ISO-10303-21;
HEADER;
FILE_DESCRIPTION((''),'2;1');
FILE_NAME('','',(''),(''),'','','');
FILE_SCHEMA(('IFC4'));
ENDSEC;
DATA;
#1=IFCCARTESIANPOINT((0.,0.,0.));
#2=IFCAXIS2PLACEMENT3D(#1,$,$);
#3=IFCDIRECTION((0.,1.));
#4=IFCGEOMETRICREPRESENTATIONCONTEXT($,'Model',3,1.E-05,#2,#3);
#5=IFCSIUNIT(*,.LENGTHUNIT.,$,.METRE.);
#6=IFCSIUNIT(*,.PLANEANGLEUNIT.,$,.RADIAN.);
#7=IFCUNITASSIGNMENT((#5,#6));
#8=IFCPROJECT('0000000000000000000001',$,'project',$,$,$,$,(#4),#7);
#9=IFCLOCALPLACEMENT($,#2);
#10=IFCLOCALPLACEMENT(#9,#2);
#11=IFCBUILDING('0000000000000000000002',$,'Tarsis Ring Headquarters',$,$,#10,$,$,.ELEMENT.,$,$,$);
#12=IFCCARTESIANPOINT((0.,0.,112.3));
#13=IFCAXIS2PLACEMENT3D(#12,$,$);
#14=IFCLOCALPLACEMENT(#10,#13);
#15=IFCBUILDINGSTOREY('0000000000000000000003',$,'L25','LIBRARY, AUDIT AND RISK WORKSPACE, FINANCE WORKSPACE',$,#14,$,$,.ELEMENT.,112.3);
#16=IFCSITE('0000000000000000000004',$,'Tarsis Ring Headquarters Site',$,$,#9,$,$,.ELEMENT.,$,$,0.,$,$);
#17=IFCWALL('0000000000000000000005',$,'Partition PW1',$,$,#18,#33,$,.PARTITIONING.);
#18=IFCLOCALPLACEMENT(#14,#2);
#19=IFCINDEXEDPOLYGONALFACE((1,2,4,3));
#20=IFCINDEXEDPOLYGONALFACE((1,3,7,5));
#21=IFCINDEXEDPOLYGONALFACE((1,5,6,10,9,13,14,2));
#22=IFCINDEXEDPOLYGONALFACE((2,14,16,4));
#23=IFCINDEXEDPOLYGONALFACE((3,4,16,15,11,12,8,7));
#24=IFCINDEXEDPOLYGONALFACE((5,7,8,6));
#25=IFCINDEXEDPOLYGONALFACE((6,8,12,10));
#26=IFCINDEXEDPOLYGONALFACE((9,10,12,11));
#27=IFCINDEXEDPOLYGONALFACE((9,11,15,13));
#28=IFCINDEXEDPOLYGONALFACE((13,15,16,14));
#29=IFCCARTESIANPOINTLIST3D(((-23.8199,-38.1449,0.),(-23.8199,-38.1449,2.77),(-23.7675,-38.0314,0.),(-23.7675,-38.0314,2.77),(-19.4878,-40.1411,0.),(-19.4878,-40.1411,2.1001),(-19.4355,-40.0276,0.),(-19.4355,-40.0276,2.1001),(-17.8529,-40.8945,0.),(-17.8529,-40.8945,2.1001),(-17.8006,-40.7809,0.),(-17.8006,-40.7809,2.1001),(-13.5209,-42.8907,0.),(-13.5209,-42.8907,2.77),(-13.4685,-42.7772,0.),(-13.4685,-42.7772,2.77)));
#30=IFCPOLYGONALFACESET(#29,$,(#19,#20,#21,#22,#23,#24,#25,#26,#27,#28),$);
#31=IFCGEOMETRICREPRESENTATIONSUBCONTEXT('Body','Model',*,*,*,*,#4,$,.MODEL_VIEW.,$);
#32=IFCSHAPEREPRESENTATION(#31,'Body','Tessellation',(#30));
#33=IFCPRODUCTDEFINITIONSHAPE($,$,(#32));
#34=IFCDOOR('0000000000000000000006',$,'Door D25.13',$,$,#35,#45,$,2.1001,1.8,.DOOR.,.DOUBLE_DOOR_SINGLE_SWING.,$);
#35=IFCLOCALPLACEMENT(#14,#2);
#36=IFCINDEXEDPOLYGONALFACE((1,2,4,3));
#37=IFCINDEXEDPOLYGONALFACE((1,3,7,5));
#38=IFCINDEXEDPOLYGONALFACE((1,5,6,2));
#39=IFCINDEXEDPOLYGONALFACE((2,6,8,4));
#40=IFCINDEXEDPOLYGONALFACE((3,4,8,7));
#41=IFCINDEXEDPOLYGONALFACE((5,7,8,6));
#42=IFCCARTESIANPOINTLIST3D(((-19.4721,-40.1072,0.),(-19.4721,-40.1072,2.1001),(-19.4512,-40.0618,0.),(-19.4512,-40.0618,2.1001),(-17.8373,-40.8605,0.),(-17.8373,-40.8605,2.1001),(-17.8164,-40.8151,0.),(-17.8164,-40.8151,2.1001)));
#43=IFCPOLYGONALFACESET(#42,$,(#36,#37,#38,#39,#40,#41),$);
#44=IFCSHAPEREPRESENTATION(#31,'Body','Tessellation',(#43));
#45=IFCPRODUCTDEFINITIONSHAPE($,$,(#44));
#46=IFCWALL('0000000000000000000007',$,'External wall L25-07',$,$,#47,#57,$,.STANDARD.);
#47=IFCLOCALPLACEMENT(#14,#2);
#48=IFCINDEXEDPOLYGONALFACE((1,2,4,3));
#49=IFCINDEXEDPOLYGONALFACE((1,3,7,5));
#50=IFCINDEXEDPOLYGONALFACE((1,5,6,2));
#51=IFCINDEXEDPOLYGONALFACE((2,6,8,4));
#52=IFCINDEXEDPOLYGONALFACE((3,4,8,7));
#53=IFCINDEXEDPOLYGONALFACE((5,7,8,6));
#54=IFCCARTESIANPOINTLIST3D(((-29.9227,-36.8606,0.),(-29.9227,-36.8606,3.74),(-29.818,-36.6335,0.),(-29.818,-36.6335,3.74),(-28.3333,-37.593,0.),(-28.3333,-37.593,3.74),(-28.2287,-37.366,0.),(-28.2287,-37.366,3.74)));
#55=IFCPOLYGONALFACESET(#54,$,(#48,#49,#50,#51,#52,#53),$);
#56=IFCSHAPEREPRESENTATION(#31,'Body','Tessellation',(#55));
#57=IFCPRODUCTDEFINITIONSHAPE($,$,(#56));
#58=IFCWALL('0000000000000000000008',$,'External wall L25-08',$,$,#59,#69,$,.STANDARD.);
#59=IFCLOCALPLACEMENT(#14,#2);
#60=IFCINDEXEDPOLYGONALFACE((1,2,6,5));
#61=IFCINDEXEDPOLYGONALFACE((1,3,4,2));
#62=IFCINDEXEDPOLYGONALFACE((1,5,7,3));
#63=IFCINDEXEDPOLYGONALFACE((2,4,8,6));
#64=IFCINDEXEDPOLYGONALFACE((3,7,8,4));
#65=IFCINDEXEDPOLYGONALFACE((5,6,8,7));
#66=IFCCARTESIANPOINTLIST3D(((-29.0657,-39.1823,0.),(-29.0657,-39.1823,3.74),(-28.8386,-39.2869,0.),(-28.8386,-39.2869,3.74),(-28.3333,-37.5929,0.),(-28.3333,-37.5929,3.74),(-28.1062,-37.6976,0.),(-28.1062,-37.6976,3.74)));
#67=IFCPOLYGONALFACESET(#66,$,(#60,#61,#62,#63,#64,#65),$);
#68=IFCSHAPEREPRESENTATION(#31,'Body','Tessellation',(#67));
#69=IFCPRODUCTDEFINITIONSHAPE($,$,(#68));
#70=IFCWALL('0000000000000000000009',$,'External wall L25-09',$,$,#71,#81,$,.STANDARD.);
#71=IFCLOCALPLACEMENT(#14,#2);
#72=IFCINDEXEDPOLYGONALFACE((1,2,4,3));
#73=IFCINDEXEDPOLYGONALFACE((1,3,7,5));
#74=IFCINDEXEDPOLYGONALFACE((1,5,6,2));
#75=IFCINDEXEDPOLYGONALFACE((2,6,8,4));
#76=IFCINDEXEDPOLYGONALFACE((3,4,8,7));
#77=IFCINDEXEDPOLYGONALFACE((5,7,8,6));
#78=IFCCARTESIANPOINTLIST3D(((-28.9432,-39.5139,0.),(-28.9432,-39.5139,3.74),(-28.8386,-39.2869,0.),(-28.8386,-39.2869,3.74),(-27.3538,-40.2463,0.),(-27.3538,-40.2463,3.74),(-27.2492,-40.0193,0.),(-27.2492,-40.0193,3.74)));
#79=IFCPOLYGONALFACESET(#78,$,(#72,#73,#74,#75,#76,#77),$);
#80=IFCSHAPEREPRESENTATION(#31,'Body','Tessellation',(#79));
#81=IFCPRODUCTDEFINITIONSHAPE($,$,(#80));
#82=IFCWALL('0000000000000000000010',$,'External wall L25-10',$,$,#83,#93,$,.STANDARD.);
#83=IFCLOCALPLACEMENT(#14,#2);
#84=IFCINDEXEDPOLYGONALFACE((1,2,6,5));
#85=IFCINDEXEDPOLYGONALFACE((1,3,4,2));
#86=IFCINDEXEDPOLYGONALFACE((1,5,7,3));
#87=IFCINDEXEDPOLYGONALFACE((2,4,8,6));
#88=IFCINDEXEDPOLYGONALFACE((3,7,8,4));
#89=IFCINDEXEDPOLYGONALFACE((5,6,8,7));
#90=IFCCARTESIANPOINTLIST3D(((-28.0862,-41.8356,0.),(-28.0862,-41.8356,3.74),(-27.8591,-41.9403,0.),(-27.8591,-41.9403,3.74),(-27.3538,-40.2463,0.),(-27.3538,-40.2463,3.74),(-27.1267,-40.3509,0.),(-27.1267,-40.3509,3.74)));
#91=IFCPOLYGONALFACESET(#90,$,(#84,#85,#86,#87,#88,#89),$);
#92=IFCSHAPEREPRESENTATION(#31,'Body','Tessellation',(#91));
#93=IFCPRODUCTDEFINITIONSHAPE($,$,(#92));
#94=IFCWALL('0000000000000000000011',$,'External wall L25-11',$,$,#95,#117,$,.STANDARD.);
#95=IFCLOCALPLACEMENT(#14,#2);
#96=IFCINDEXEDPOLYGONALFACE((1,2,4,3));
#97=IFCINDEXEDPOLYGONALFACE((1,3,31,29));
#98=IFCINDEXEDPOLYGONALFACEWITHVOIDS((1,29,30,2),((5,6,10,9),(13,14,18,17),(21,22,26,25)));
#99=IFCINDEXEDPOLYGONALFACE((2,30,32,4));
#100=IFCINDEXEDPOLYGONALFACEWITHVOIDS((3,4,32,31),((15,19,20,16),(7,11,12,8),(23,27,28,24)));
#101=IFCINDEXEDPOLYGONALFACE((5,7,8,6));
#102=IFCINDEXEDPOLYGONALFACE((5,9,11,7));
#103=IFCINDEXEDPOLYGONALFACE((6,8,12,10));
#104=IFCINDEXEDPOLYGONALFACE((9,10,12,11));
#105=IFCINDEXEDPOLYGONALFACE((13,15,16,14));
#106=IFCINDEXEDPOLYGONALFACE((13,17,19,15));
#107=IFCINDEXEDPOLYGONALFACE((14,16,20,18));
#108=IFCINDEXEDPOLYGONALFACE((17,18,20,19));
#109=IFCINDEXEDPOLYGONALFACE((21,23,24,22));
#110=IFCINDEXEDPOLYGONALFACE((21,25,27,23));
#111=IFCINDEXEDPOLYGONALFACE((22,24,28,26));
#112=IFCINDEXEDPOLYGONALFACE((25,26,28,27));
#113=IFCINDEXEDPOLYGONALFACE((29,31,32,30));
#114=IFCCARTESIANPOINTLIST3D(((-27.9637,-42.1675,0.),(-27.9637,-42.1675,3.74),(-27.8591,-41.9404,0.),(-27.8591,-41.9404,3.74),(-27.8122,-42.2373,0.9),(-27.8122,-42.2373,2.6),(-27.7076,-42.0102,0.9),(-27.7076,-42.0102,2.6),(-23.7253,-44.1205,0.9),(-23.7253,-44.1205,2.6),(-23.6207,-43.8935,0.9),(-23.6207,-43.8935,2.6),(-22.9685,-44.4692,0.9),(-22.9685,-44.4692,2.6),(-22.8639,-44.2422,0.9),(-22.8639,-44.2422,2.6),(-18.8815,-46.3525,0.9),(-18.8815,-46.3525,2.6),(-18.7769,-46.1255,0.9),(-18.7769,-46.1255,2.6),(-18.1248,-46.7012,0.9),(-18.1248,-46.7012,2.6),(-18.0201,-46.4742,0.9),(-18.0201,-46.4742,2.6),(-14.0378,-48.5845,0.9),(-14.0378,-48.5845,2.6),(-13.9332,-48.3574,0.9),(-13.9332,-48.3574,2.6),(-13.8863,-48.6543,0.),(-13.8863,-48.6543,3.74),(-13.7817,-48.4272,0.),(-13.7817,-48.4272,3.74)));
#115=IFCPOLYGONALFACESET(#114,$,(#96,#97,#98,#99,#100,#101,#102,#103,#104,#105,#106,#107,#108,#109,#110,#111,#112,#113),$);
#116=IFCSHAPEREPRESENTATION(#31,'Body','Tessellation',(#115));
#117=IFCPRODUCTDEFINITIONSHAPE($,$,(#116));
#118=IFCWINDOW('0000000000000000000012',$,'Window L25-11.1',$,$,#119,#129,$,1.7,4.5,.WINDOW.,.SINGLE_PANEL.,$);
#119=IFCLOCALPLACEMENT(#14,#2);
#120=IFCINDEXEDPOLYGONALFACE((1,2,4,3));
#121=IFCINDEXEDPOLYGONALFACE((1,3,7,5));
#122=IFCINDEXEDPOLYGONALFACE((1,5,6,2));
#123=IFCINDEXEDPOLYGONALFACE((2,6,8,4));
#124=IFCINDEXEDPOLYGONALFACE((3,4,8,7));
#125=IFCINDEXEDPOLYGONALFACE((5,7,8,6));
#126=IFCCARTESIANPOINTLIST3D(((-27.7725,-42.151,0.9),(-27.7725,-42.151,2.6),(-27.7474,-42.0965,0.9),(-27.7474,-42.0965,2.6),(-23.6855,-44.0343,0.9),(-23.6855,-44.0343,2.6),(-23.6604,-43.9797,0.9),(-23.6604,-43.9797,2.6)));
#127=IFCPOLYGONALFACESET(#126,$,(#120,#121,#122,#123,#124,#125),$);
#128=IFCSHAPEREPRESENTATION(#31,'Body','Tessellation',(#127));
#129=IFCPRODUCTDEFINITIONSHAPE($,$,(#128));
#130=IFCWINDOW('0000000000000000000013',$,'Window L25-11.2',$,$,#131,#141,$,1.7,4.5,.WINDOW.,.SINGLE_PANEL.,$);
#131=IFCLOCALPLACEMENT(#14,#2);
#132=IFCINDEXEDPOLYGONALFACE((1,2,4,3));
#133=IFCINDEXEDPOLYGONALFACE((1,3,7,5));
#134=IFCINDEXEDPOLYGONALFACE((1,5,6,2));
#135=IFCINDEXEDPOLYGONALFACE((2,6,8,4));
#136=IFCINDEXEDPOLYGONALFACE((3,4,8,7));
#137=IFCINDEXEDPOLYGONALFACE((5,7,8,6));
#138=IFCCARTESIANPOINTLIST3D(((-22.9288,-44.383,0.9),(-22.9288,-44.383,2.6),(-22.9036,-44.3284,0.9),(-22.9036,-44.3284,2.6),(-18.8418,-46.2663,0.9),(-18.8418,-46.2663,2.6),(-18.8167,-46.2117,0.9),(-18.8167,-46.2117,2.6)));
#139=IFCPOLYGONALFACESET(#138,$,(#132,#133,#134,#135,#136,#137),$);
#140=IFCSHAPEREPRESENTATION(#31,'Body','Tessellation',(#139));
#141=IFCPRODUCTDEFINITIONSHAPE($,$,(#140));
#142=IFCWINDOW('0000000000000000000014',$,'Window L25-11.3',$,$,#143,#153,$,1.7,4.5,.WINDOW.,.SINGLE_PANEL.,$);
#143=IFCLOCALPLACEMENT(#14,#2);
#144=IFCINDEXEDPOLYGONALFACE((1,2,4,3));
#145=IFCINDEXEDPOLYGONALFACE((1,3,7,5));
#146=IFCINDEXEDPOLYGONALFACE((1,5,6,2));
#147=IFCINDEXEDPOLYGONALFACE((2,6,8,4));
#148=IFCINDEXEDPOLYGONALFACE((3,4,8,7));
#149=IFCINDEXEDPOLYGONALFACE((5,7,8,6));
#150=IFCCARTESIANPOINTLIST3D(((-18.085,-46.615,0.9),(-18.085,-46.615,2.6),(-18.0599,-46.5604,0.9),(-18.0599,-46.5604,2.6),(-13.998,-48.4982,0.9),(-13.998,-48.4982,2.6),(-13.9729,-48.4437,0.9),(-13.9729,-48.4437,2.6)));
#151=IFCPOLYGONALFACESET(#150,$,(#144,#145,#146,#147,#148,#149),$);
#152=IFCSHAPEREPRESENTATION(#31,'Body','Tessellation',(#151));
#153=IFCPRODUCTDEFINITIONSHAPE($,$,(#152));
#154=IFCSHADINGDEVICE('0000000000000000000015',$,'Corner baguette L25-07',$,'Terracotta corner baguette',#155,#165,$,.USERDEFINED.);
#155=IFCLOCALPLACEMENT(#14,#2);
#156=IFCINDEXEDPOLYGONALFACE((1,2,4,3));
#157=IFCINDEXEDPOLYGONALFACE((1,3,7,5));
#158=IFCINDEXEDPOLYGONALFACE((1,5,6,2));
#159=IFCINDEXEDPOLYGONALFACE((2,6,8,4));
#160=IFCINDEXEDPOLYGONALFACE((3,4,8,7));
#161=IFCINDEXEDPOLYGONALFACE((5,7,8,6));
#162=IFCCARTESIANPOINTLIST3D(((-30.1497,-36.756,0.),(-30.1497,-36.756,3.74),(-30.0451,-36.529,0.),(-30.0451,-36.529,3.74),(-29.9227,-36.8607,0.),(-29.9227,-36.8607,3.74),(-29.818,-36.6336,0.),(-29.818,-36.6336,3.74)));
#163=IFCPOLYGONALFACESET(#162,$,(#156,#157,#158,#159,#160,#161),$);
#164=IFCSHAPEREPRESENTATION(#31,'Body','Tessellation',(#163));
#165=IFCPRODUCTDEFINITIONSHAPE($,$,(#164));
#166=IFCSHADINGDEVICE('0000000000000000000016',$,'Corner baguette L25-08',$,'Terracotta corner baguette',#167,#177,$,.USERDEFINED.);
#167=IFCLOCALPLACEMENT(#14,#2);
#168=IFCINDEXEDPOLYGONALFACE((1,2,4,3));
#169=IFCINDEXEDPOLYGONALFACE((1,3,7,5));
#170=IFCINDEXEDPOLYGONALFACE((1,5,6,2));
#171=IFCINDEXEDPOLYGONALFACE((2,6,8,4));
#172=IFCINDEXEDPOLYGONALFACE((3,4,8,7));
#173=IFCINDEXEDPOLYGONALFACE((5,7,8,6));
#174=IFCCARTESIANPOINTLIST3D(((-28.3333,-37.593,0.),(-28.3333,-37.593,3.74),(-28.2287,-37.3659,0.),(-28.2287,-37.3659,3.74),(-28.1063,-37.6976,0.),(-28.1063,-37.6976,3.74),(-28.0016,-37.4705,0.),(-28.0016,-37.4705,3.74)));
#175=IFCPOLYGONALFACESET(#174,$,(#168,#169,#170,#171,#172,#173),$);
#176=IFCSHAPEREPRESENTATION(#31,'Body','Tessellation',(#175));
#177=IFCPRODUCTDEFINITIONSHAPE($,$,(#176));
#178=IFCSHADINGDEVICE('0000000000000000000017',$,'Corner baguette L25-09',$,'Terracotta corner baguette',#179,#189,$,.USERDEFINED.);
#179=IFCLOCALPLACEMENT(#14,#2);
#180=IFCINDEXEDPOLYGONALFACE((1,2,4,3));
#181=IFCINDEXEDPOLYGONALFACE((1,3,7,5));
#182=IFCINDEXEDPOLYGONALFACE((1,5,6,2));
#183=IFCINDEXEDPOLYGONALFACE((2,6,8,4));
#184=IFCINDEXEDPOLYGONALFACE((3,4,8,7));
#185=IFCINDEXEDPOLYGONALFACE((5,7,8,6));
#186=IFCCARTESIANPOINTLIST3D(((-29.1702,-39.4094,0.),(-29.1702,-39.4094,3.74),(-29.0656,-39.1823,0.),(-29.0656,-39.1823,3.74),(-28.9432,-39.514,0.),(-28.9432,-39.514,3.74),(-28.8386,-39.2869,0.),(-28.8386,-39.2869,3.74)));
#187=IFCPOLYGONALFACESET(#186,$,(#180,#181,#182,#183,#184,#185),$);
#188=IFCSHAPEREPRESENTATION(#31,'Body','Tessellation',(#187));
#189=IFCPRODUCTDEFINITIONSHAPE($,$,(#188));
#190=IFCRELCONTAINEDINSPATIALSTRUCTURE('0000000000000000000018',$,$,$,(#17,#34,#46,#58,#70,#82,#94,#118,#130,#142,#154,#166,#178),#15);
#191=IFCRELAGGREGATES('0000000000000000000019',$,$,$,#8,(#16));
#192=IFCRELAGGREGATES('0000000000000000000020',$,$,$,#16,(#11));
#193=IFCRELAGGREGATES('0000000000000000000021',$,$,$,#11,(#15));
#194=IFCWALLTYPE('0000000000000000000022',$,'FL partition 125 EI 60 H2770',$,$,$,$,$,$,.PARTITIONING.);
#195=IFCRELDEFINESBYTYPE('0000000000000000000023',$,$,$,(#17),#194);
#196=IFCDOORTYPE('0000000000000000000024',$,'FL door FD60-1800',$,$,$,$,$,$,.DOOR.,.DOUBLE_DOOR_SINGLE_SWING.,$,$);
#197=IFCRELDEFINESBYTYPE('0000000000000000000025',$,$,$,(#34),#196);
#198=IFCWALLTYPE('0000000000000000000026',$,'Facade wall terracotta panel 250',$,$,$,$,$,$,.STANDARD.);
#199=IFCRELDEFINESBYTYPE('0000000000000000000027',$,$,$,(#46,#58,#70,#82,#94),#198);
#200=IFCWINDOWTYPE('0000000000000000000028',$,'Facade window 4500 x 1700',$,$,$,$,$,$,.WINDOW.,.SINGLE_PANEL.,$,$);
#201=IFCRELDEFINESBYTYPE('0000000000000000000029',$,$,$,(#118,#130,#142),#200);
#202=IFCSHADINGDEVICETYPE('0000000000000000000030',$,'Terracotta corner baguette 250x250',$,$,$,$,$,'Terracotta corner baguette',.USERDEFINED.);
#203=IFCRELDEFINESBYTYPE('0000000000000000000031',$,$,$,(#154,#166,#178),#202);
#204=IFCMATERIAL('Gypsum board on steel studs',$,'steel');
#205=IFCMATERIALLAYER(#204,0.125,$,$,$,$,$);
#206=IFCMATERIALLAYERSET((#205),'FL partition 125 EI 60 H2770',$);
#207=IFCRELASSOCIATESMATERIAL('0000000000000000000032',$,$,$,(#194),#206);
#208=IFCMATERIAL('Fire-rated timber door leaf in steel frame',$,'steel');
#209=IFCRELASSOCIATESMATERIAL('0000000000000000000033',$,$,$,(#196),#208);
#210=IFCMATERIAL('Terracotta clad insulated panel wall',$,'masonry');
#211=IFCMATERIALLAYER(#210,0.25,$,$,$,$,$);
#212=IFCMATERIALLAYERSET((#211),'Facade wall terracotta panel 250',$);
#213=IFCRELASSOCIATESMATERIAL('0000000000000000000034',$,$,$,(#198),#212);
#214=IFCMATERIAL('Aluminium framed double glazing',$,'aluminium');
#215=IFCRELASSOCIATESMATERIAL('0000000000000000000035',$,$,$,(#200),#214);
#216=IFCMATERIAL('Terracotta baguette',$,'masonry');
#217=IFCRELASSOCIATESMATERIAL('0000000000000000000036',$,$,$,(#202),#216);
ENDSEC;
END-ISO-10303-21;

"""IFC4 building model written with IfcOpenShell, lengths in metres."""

from ifc_helpers import new_model, si_unit, direction, frame, frame_2d, origin, origin_2d, place, context, subcontext, project, spatial, rectangle, extrude, material, layer, layer_set, type_object, element, fill, save


model = new_model("IFC4")

# Units and contexts
model_context = context("Model", 3, precision=1e-05, world=origin(), true_north=direction((0.0, 1.0)))
body_context = subcontext(model_context, "Body", "Model", "MODEL_VIEW")
ifc_project = project(units=[si_unit("LENGTHUNIT", "METRE"), si_unit("PLANEANGLEUNIT", "RADIAN")], contexts=[model_context])

# Site, building, storey
site_placement = place(None, origin())
site = spatial("IfcSite", under=ifc_project, at=site_placement, Name="Tarsis Ring Headquarters Site", CompositionType="ELEMENT", RefElevation=0.0)
building_placement = place(site_placement, origin())
building = spatial("IfcBuilding", under=site, at=building_placement, Name="Tarsis Ring Headquarters", CompositionType="ELEMENT")
storey_placement = place(building_placement, frame((0.0, 0.0, 112.3)))
storey = spatial("IfcBuildingStorey", under=building, at=storey_placement, Name="L25", Description="LIBRARY, AUDIT AND RISK WORKSPACE, FINANCE WORKSPACE", CompositionType="ELEMENT", Elevation=112.3)

# Wall, opening, door
ifc_material_1 = material(Name="Gypsum board on steel studs", Category="steel")
ifc_layer_1 = layer(ifc_material_1, 0.125)
ifc_layer_set_1 = layer_set([ifc_layer_1], Name="FL partition 125 EI 60 H2770")
wall_type_1 = type_object("IfcWallType", Name="FL partition 125 EI 60 H2770", PredefinedType="PARTITIONING", material=ifc_layer_set_1)
ifc_material_2 = material(Name="Fire-rated timber door leaf in steel frame", Category="steel")
wall_1_placement = place(storey_placement, frame((-23.7937, -38.0881, 0.0), z_axis=(0.0, 0.0, 1.0), x_axis=(0.908213, -0.418508, 0.0)))
wall_1 = element("IfcWall", 1, at=wall_1_placement, inside=storey, type_object=wall_type_1, Name="Partition PW1", PredefinedType="PARTITIONING", context=body_context, shape_type="SweptSolid", body=[
    extrude(rectangle(XDim=11.3398, YDim=0.125, at=frame_2d((5.6699, 0.0))), origin(), (0.0, 0.0, 1.0), 2.77),
])
opening_1_placement = place(wall_1_placement, frame((4.77, 0.0, 0.0)))
opening_1 = element("IfcOpeningElement", 2, at=opening_1_placement, cuts=wall_1, PredefinedType="OPENING", context=body_context, shape_type="SweptSolid", body=[
    extrude(rectangle(XDim=1.8, YDim=2.1001, at=frame_2d((0.8999, 1.05))), frame((0.0, 0.0725, 0.0), z_axis=(0.0, -1.0, 0.0), x_axis=(1.0, 0.0, 0.0)), (0.0, 0.0, 1.0), 0.145),
])
door_type_1 = type_object("IfcDoorType", Name="FL door FD60-1800", OperationType="DOUBLE_DOOR_SINGLE_SWING", PredefinedType="DOOR", material=ifc_material_2)
door_1_placement = place(opening_1_placement, origin())
door_1 = element("IfcDoor", 3, at=door_1_placement, inside=storey, type_object=door_type_1, Name="Door D25.13", OperationType="DOUBLE_DOOR_SINGLE_SWING", OverallHeight=2.1001, OverallWidth=1.8, PredefinedType="DOOR", context=body_context, shape_type="SweptSolid", body=[
    extrude(rectangle(XDim=1.8, YDim=2.1001, at=frame_2d((0.8999, 1.05))), frame((0.0, 0.0249, 0.0), z_axis=(0.0, -1.0, 0.0), x_axis=(1.0, 0.0, 0.0)), (0.0, 0.0, 1.0), 0.05),
])
fill(opening_1, door_1)

# Walls
ifc_material_3 = material(Name="Terracotta clad insulated panel wall", Category="masonry")
ifc_layer_2 = layer(ifc_material_3, 0.25)
ifc_layer_set_2 = layer_set([ifc_layer_2], Name="Facade wall terracotta panel 250")
wall_type_2 = type_object("IfcWallType", Name="Facade wall terracotta panel 250", PredefinedType="STANDARD", material=ifc_layer_set_2)
for number, where, z_axis, x_axis, name in (
    (4, (-29.8704, -36.7471, 0.0), (0.0, 0.0, 1.0), (0.908204, -0.418527, 0.0), "External wall L25-07"),
    (5, (-28.2197, -37.6453, 0.0), (0.0, 0.0, 1.0), (-0.418527, -0.908204, 0.0), "External wall L25-08"),
    (6, (-28.8909, -39.4004, 0.0), (0.0, 0.0, 1.0), (0.908204, -0.418527, 0.0), "External wall L25-09"),
    (7, (-27.2402, -40.2986, 0.0), (0.0, 0.0, 1.0), (-0.418527, -0.908204, 0.0), "External wall L25-10"),
):
    element("IfcWall", number, at=place(storey_placement, frame(where, z_axis=z_axis, x_axis=x_axis)), inside=storey, type_object=wall_type_2, Name=name, PredefinedType="STANDARD", context=body_context, shape_type="SweptSolid", body=[
        extrude(rectangle(XDim=1.75, YDim=0.25, at=frame_2d((0.875, 0.0))), origin(), (0.0, 0.0, 1.0), 3.74),
    ])

# Wall, openings, windows
wall_2_placement = place(storey_placement, frame((-27.9114, -42.054, 0.0), z_axis=(0.0, 0.0, 1.0), x_axis=(0.908216, -0.418503, 0.0)))
wall_2 = element("IfcWall", 8, at=wall_2_placement, inside=storey, type_object=wall_type_2, Name="External wall L25-11", PredefinedType="STANDARD", context=body_context, shape_type="SweptSolid", body=[
    extrude(rectangle(XDim=15.5, YDim=0.25, at=frame_2d((7.75, 0.0))), origin(), (0.0, 0.0, 1.0), 3.74),
])
opening_2_placement = place(wall_2_placement, frame((0.1667, 0.0, 0.8999)))
opening_2 = element("IfcOpeningElement", 9, at=opening_2_placement, cuts=wall_2, PredefinedType="OPENING", context=body_context, shape_type="SweptSolid", body=[
    extrude(rectangle(XDim=4.5, YDim=1.7, at=frame_2d((2.25, 0.8501))), frame((0.0, 0.135, 0.0), z_axis=(0.0, -1.0, 0.0), x_axis=(1.0, 0.0, 0.0)), (0.0, 0.0, 1.0), 0.27),
])
opening_3_placement = place(wall_2_placement, frame((5.5, 0.0, 0.8999)))
opening_3 = element("IfcOpeningElement", 10, at=opening_3_placement, cuts=wall_2, PredefinedType="OPENING", context=body_context, shape_type="SweptSolid", body=[
    extrude(rectangle(XDim=4.5, YDim=1.7, at=frame_2d((2.25, 0.8501))), frame((0.0, 0.135, 0.0), z_axis=(0.0, -1.0, 0.0), x_axis=(1.0, 0.0, 0.0)), (0.0, 0.0, 1.0), 0.27),
])
opening_4_placement = place(wall_2_placement, frame((10.8333, 0.0, 0.8999)))
opening_4 = element("IfcOpeningElement", 11, at=opening_4_placement, cuts=wall_2, PredefinedType="OPENING", context=body_context, shape_type="SweptSolid", body=[
    extrude(rectangle(XDim=4.5, YDim=1.7, at=frame_2d((2.25, 0.8501))), frame((0.0, 0.135, 0.0), z_axis=(0.0, -1.0, 0.0), x_axis=(1.0, 0.0, 0.0)), (0.0, 0.0, 1.0), 0.27),
])
ifc_material_4 = material(Name="Aluminium framed double glazing", Category="aluminium")
window_type = type_object("IfcWindowType", Name="Facade window 4500 x 1700", PartitioningType="SINGLE_PANEL", PredefinedType="WINDOW", material=ifc_material_4)
window_1_placement = place(opening_2_placement, origin())
window_1 = element("IfcWindow", 12, at=window_1_placement, inside=storey, type_object=window_type, Name="Window L25-11.1", OverallHeight=1.7, OverallWidth=4.5, PartitioningType="SINGLE_PANEL", PredefinedType="WINDOW", context=body_context, shape_type="SweptSolid", body=[
    extrude(rectangle(XDim=4.5, YDim=1.7, at=frame_2d((2.25, 0.8501))), frame((0.0, 0.03, 0.0), z_axis=(0.0, -1.0, 0.0), x_axis=(1.0, 0.0, 0.0)), (0.0, 0.0, 1.0), 0.0601),
])
fill(opening_2, window_1)
window_2_placement = place(opening_3_placement, origin())
window_2 = element("IfcWindow", 13, at=window_2_placement, inside=storey, type_object=window_type, Name="Window L25-11.2", OverallHeight=1.7, OverallWidth=4.5, PartitioningType="SINGLE_PANEL", PredefinedType="WINDOW", context=body_context, shape_type="SweptSolid", body=[
    extrude(rectangle(XDim=4.5, YDim=1.7, at=frame_2d((2.25, 0.8501))), frame((0.0, 0.03, 0.0), z_axis=(0.0, -1.0, 0.0), x_axis=(1.0, 0.0, 0.0)), (0.0, 0.0, 1.0), 0.0601),
])
fill(opening_3, window_2)
window_3_placement = place(opening_4_placement, origin())
window_3 = element("IfcWindow", 14, at=window_3_placement, inside=storey, type_object=window_type, Name="Window L25-11.3", OverallHeight=1.7, OverallWidth=4.5, PartitioningType="SINGLE_PANEL", PredefinedType="WINDOW", context=body_context, shape_type="SweptSolid", body=[
    extrude(rectangle(XDim=4.5, YDim=1.7, at=frame_2d((2.25, 0.8501))), frame((0.0, 0.03, 0.0), z_axis=(0.0, -1.0, 0.0), x_axis=(1.0, 0.0, 0.0)), (0.0, 0.0, 1.0), 0.0601),
])
fill(opening_4, window_3)

# Shading devices
ifc_material_5 = material(Name="Terracotta baguette", Category="masonry")
shading_device_type_1 = type_object("IfcShadingDeviceType", Name="Terracotta corner baguette 250x250", ElementType="Terracotta corner baguette", PredefinedType="USERDEFINED", material=ifc_material_5)
for number, where, z_axis, x_axis, name in (
    (15, (-29.9839, -36.6948, 0.0), (0.0, 0.0, 1.0), (-0.418501, -0.908216, 0.0), "Corner baguette L25-07"),
    (16, (-28.1675, -37.5317, 0.0), (0.0, 0.0, 1.0), (0.908216, -0.418501, 0.0), "Corner baguette L25-08"),
    (17, (-29.0044, -39.3481, 0.0), (0.0, 0.0, 1.0), (-0.418502, -0.908216, 0.0), "Corner baguette L25-09"),
):
    element("IfcShadingDevice", number, at=place(storey_placement, frame(where, z_axis=z_axis, x_axis=x_axis)), inside=storey, type_object=shading_device_type_1, Name=name, ObjectType="Terracotta corner baguette", PredefinedType="USERDEFINED", context=body_context, shape_type="SweptSolid", body=[
        extrude(rectangle(XDim=0.25, YDim=0.25, at=origin_2d()), origin(), (0.0, 0.0, 1.0), 3.74),
    ])

save(model, "model.ifc")
